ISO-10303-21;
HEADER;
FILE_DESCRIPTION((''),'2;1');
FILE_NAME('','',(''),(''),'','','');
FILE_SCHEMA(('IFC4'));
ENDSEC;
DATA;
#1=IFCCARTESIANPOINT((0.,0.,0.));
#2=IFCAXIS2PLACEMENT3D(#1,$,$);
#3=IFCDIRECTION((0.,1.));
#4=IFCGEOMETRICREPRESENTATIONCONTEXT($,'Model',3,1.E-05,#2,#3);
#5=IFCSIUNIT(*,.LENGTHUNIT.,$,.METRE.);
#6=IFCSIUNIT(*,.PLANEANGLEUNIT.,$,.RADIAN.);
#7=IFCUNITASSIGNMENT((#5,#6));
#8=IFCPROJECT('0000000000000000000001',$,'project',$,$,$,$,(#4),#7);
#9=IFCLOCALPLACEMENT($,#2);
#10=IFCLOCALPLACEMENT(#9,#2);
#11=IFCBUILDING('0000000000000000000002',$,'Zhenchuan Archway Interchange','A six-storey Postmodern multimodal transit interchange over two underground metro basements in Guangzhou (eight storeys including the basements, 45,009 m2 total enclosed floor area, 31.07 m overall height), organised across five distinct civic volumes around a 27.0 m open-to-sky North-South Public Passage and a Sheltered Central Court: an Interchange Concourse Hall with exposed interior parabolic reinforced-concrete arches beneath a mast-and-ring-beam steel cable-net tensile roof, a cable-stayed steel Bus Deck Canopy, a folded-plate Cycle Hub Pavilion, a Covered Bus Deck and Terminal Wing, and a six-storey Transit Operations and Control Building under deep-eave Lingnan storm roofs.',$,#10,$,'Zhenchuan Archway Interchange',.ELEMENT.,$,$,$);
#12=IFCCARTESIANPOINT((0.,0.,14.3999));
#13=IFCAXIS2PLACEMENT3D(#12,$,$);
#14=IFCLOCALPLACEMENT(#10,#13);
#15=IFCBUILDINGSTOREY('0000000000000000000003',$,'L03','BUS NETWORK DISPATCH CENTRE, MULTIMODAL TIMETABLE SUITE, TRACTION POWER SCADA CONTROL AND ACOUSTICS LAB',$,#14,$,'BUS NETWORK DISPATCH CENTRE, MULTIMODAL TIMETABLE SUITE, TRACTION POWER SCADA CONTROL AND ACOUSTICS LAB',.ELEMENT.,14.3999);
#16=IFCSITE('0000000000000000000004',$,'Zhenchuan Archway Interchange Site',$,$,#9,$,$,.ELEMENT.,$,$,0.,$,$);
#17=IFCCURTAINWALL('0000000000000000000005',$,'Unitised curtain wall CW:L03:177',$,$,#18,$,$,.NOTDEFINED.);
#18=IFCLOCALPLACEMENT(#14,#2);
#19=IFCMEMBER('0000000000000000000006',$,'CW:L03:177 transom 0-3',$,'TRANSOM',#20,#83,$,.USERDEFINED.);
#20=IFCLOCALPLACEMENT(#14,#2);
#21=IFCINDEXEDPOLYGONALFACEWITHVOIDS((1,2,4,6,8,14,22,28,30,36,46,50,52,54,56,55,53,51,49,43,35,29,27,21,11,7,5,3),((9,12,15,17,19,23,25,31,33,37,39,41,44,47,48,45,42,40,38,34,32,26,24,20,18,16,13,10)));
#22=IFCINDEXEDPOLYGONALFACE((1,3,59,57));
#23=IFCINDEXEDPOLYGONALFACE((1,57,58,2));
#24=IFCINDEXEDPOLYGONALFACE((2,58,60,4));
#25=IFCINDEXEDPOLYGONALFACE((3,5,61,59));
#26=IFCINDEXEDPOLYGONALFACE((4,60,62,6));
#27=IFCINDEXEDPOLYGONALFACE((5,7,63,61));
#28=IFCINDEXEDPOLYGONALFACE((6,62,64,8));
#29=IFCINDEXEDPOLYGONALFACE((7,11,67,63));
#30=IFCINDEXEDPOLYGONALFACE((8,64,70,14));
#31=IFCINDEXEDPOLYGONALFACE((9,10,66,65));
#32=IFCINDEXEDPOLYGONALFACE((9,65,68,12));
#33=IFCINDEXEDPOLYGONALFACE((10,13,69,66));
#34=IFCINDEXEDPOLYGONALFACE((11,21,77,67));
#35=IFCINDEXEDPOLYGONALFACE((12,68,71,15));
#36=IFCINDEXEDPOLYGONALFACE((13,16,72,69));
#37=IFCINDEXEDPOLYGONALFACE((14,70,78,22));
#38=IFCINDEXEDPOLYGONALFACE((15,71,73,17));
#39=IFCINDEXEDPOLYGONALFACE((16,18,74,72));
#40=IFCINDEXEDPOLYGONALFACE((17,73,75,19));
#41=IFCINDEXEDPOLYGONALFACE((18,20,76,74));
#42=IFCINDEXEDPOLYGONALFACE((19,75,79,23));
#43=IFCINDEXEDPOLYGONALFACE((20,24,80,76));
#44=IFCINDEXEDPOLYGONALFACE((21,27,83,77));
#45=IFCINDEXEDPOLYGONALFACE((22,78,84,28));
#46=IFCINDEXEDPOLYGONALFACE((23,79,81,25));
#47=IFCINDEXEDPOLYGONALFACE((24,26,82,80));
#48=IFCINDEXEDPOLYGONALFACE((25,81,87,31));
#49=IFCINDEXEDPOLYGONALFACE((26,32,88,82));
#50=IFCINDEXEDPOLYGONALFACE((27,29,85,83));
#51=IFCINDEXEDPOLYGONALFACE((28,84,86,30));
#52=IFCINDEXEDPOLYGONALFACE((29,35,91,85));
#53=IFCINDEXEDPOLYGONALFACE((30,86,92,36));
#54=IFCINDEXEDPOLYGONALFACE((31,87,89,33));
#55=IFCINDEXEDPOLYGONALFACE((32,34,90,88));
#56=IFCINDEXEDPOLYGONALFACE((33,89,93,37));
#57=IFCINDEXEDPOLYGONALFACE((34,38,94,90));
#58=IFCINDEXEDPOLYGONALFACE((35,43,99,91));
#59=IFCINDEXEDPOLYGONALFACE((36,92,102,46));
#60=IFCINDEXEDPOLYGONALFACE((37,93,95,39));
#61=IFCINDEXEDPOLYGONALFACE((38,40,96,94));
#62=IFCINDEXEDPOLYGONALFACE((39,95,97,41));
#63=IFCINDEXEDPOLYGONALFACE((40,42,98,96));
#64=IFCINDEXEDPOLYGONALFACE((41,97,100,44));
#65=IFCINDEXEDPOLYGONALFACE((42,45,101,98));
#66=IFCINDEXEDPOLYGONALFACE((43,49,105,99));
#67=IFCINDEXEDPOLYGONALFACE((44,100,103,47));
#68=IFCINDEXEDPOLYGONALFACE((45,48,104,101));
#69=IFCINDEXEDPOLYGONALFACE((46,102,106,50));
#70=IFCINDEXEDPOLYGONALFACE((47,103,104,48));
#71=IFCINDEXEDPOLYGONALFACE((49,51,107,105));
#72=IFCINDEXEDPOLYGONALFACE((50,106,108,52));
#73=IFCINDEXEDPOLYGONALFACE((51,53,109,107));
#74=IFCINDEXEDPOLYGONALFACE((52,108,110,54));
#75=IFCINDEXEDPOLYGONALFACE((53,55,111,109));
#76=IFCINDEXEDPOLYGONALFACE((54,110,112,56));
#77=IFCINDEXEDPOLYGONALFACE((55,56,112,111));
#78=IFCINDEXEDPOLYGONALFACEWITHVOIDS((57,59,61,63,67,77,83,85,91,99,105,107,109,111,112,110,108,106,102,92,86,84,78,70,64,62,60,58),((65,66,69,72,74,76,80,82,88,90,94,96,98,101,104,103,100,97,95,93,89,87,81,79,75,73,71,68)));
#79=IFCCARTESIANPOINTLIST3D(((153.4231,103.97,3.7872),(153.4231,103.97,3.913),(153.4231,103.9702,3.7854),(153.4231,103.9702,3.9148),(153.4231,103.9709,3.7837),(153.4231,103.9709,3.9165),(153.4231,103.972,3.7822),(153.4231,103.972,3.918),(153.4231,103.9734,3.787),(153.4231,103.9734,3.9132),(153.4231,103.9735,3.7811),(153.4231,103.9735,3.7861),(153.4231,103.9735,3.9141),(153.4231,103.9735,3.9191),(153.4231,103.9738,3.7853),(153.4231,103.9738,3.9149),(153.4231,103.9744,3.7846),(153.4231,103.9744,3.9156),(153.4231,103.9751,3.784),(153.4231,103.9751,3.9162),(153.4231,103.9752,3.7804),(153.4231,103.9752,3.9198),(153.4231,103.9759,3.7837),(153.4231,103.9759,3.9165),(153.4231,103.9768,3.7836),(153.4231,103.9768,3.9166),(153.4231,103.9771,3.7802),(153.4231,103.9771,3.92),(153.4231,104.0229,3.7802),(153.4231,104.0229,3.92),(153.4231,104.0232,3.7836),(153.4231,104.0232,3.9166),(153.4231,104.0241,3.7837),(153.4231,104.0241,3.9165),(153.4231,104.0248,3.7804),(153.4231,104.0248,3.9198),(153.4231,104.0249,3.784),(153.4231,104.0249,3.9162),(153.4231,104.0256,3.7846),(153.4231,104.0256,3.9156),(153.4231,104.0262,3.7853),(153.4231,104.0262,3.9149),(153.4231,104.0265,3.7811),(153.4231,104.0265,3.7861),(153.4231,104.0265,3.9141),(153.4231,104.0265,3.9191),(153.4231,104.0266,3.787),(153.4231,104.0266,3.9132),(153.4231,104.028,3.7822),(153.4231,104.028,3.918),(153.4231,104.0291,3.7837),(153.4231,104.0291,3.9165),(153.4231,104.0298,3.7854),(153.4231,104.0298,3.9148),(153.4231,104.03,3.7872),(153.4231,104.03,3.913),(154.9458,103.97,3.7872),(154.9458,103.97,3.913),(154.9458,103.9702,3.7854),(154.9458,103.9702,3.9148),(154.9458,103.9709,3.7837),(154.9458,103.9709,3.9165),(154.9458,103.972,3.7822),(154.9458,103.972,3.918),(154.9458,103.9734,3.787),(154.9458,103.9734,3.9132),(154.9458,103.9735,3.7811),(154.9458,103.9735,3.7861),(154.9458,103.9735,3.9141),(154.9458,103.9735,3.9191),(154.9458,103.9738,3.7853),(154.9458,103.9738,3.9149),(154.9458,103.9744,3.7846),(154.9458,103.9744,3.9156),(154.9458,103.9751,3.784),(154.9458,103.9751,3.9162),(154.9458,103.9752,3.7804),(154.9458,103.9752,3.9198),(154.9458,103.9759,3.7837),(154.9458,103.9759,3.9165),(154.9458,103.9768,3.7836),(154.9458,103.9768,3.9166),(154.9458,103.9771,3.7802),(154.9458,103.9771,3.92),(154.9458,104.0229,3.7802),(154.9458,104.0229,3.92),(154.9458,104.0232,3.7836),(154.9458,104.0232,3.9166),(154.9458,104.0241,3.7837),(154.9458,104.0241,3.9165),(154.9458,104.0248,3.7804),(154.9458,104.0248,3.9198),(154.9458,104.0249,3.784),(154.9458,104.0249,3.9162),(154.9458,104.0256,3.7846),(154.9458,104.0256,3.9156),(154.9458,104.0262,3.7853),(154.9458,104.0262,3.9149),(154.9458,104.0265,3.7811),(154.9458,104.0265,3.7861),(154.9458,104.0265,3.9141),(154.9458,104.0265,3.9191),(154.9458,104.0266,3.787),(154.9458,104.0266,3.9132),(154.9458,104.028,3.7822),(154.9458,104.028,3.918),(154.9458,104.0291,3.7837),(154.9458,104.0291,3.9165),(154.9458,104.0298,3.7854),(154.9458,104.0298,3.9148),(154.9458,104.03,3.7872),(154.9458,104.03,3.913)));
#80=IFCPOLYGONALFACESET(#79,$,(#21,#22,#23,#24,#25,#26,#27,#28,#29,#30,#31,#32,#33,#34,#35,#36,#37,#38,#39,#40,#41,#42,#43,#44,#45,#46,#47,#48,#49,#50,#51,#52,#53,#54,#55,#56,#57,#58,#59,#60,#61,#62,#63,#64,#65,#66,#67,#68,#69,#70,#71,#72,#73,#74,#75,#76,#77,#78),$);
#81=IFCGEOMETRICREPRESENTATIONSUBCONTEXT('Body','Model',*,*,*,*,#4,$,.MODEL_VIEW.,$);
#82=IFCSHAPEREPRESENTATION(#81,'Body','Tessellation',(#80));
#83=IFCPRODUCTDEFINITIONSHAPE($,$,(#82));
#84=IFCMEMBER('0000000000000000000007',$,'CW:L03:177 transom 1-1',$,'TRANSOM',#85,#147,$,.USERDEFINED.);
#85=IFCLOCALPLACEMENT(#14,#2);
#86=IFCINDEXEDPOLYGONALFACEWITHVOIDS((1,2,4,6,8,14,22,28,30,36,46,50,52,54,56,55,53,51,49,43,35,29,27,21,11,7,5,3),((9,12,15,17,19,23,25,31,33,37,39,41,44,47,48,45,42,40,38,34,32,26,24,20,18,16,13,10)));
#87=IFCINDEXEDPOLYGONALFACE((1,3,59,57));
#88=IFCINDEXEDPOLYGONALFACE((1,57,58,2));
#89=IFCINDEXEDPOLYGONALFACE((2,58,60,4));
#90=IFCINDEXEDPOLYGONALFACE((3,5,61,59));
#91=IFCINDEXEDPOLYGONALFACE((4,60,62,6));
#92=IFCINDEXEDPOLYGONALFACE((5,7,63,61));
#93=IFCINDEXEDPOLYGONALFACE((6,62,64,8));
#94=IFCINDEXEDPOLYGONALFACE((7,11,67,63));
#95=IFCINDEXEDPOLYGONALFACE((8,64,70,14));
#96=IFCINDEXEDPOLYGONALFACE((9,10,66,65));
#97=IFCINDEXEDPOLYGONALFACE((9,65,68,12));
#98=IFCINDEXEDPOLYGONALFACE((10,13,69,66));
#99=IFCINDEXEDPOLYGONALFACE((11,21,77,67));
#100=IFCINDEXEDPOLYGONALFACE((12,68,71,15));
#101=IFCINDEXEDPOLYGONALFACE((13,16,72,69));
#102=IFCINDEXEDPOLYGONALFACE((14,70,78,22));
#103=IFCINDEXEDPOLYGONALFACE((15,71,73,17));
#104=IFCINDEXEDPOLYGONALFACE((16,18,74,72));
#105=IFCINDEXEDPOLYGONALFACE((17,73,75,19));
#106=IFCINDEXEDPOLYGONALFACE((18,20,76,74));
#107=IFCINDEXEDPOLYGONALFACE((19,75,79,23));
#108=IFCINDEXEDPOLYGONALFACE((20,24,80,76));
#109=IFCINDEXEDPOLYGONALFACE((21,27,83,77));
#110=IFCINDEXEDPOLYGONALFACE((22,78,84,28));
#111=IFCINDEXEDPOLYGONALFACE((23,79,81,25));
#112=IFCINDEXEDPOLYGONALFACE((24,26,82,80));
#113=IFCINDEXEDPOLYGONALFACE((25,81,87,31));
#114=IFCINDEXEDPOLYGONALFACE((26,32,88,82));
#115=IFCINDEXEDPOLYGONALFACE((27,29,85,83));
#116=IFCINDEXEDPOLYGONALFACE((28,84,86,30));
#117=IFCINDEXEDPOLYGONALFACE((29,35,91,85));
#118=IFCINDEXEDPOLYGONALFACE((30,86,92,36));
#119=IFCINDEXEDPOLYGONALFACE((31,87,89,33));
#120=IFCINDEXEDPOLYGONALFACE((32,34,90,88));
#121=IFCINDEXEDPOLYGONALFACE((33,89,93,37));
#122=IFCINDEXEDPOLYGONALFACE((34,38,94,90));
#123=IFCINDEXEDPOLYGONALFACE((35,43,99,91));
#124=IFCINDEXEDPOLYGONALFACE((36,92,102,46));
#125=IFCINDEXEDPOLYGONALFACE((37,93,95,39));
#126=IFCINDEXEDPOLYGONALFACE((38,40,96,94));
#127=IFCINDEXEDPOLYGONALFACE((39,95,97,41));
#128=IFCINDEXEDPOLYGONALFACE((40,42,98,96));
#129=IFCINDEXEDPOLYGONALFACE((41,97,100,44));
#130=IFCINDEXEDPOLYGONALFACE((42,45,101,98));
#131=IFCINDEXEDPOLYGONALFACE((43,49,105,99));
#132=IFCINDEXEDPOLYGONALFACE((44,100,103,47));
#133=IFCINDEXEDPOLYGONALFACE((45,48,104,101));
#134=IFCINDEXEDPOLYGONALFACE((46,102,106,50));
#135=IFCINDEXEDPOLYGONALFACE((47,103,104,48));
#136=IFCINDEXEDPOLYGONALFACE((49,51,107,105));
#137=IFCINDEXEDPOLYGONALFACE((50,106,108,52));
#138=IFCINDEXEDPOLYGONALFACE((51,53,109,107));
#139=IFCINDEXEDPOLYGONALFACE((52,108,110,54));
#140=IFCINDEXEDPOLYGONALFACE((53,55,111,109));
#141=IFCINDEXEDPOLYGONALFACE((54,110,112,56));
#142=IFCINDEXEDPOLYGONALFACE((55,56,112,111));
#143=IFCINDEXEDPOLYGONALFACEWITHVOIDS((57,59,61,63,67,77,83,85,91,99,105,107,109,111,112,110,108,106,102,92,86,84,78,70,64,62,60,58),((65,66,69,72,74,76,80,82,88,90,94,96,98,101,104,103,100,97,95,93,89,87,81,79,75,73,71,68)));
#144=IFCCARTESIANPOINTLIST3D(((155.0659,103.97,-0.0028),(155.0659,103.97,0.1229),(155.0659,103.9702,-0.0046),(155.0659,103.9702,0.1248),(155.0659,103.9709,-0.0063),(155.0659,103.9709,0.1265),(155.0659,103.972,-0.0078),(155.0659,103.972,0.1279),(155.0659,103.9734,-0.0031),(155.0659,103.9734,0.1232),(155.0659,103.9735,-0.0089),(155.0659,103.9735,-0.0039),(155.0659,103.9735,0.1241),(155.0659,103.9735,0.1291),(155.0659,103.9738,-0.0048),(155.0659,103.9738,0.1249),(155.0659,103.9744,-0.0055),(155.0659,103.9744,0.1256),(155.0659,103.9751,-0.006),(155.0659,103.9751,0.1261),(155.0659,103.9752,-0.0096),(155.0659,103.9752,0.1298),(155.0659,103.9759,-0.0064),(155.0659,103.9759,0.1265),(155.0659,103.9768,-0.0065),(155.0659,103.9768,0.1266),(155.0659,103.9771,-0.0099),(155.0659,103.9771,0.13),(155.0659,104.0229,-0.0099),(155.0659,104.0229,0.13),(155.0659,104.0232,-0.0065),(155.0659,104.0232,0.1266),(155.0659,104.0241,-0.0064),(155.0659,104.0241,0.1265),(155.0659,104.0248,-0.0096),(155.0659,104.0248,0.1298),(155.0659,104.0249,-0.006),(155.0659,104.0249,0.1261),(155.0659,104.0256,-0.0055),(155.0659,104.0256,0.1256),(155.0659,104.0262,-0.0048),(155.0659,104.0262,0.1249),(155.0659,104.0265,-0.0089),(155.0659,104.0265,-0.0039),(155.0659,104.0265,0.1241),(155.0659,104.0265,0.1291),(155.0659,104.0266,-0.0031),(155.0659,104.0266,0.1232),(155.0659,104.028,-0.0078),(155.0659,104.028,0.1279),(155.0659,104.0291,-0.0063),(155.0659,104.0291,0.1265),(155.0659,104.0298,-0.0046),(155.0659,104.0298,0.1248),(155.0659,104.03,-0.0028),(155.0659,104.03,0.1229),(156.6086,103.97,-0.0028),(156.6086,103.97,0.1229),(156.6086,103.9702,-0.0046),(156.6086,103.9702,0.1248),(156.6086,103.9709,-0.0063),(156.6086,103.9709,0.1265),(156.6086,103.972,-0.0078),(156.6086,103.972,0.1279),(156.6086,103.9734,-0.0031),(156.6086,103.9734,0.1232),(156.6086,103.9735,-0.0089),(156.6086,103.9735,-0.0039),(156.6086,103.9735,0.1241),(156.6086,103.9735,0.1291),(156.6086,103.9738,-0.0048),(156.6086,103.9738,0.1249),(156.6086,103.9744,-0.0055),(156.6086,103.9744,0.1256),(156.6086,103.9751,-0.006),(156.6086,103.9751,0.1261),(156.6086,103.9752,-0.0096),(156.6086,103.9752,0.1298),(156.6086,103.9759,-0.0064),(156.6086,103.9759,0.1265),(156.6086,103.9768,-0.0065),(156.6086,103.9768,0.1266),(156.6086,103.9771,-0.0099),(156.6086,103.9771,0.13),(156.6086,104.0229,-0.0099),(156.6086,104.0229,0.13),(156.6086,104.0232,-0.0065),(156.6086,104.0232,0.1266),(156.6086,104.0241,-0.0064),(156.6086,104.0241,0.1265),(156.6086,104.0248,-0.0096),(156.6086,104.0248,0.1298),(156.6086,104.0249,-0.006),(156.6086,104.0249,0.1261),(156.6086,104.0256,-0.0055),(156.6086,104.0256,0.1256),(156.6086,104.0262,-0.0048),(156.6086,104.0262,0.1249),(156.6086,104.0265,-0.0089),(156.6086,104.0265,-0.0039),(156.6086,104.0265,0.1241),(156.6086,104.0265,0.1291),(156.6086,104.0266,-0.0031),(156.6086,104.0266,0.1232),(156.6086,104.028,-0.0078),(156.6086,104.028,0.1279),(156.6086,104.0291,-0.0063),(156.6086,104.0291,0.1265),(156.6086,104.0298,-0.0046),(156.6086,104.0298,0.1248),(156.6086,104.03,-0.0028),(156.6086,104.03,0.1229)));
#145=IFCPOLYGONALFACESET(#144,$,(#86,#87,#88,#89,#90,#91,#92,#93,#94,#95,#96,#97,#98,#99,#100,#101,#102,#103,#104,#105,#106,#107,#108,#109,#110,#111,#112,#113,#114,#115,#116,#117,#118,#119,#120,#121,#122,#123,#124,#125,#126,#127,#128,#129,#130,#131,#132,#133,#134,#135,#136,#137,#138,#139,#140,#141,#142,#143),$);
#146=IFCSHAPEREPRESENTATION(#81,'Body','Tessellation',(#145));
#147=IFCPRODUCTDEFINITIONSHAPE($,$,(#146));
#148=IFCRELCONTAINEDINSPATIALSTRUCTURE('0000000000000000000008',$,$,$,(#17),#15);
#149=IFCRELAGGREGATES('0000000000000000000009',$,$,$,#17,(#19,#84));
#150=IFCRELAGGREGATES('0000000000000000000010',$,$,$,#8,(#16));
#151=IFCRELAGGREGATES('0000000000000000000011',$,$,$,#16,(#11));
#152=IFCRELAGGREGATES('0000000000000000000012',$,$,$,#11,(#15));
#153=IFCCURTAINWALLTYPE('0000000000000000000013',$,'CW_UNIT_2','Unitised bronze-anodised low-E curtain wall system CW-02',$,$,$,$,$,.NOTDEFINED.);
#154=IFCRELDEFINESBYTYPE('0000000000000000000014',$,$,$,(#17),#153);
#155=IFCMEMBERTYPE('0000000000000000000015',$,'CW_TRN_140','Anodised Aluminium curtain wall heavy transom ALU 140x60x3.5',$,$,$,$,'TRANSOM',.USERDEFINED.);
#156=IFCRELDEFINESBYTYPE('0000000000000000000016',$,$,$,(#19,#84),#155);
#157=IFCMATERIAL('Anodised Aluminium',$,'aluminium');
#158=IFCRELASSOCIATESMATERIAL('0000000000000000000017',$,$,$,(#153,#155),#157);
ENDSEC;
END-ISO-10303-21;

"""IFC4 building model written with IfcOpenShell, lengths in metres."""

from ifc_helpers import new_model, si_unit, direction, frame, origin, origin_2d, place, context, subcontext, project, spatial, hollow_rectangle, extrude, material, material_profile, profile_set, type_object, element, aggregate, save


model = new_model("IFC4")

# Units and contexts
model_context = context("Model", 3, precision=1e-05, world=origin(), true_north=direction((0.0, 1.0)))
body_context = subcontext(model_context, "Body", "Model", "MODEL_VIEW")
ifc_project = project(units=[si_unit("LENGTHUNIT", "METRE"), si_unit("PLANEANGLEUNIT", "RADIAN")], contexts=[model_context])

# Site, building, storey
site_placement = place(None, origin())
site = spatial("IfcSite", under=ifc_project, at=site_placement, Name="Zhenchuan Archway Interchange Site", CompositionType="ELEMENT", RefElevation=0.0)
building_placement = place(site_placement, origin())
building = spatial("IfcBuilding", under=site, at=building_placement, Name="Zhenchuan Archway Interchange", Description="A six-storey Postmodern multimodal transit interchange over two underground metro basements in Guangzhou (eight storeys including the basements, 45,009 m2 total enclosed floor area, 31.07 m overall height), organised across five distinct civic volumes around a 27.0 m open-to-sky North-South Public Passage and a Sheltered Central Court: an Interchange Concourse Hall with exposed interior parabolic reinforced-concrete arches beneath a mast-and-ring-beam steel cable-net tensile roof, a cable-stayed steel Bus Deck Canopy, a folded-plate Cycle Hub Pavilion, a Covered Bus Deck and Terminal Wing, and a six-storey Transit Operations and Control Building under deep-eave Lingnan storm roofs.", LongName="Zhenchuan Archway Interchange", CompositionType="ELEMENT")
storey_placement = place(building_placement, frame((0.0, 0.0, 14.3999)))
storey = spatial("IfcBuildingStorey", under=building, at=storey_placement, Name="L03", Description="BUS NETWORK DISPATCH CENTRE, MULTIMODAL TIMETABLE SUITE, TRACTION POWER SCADA CONTROL AND ACOUSTICS LAB", LongName="BUS NETWORK DISPATCH CENTRE, MULTIMODAL TIMETABLE SUITE, TRACTION POWER SCADA CONTROL AND ACOUSTICS LAB", CompositionType="ELEMENT", Elevation=14.3999)

# Curtain wall, members
ifc_material_1 = material(Name="Anodised Aluminium", Category="aluminium")
curtain_wall_type = type_object("IfcCurtainWallType", Name="CW_UNIT_2", Description="Unitised bronze-anodised low-E curtain wall system CW-02", PredefinedType="NOTDEFINED", material=ifc_material_1)
curtain_wall_placement = place(storey_placement, origin())
curtain_wall = element("IfcCurtainWall", 1, at=curtain_wall_placement, inside=storey, type_object=curtain_wall_type, Name="Unitised curtain wall CW:L03:177", PredefinedType="NOTDEFINED")
ifc_material_profile_1 = material_profile(ifc_material_1, hollow_rectangle(XDim=0.0601, YDim=0.1399, WallThickness=0.0034, InnerFilletRadius=0.0034, OuterFilletRadius=0.0071, at=origin_2d()), Name="ALU 140x60x3.5")
ifc_profile_set_1 = profile_set([ifc_material_profile_1], Name="Anodised Aluminium")
member_type_1 = type_object("IfcMemberType", Name="CW_TRN_140", Description="Anodised Aluminium curtain wall heavy transom ALU 140x60x3.5", ElementType="TRANSOM", PredefinedType="USERDEFINED", material=ifc_profile_set_1)
member_1_placement = place(storey_placement, frame((153.4231, 104.0, 3.8501), z_axis=(1.0, 0.0, 0.0), x_axis=(0.0, 1.0, 0.0)))
member_1 = element("IfcMember", 2, at=member_1_placement, type_object=member_type_1, Name="CW:L03:177 transom 0-3", ObjectType="TRANSOM", PredefinedType="USERDEFINED", context=body_context, shape_type="SweptSolid", body=[
    extrude(hollow_rectangle(XDim=0.0601, YDim=0.1399, WallThickness=0.0034, InnerFilletRadius=0.0034, OuterFilletRadius=0.0071, at=origin_2d()), origin(), (0.0, 0.0, 1.0), 1.5227),
])
member_2_placement = place(storey_placement, frame((155.0659, 104.0, 0.0601), z_axis=(1.0, 0.0, 0.0), x_axis=(0.0, 1.0, 0.0)))
member_2 = element("IfcMember", 3, at=member_2_placement, type_object=member_type_1, Name="CW:L03:177 transom 1-1", ObjectType="TRANSOM", PredefinedType="USERDEFINED", context=body_context, shape_type="SweptSolid", body=[
    extrude(hollow_rectangle(XDim=0.0601, YDim=0.1399, WallThickness=0.0034, InnerFilletRadius=0.0034, OuterFilletRadius=0.0071, at=origin_2d()), origin(), (0.0, 0.0, 1.0), 1.5427),
])

aggregate(curtain_wall, [member_1, member_2])

save(model, "model.ifc")
